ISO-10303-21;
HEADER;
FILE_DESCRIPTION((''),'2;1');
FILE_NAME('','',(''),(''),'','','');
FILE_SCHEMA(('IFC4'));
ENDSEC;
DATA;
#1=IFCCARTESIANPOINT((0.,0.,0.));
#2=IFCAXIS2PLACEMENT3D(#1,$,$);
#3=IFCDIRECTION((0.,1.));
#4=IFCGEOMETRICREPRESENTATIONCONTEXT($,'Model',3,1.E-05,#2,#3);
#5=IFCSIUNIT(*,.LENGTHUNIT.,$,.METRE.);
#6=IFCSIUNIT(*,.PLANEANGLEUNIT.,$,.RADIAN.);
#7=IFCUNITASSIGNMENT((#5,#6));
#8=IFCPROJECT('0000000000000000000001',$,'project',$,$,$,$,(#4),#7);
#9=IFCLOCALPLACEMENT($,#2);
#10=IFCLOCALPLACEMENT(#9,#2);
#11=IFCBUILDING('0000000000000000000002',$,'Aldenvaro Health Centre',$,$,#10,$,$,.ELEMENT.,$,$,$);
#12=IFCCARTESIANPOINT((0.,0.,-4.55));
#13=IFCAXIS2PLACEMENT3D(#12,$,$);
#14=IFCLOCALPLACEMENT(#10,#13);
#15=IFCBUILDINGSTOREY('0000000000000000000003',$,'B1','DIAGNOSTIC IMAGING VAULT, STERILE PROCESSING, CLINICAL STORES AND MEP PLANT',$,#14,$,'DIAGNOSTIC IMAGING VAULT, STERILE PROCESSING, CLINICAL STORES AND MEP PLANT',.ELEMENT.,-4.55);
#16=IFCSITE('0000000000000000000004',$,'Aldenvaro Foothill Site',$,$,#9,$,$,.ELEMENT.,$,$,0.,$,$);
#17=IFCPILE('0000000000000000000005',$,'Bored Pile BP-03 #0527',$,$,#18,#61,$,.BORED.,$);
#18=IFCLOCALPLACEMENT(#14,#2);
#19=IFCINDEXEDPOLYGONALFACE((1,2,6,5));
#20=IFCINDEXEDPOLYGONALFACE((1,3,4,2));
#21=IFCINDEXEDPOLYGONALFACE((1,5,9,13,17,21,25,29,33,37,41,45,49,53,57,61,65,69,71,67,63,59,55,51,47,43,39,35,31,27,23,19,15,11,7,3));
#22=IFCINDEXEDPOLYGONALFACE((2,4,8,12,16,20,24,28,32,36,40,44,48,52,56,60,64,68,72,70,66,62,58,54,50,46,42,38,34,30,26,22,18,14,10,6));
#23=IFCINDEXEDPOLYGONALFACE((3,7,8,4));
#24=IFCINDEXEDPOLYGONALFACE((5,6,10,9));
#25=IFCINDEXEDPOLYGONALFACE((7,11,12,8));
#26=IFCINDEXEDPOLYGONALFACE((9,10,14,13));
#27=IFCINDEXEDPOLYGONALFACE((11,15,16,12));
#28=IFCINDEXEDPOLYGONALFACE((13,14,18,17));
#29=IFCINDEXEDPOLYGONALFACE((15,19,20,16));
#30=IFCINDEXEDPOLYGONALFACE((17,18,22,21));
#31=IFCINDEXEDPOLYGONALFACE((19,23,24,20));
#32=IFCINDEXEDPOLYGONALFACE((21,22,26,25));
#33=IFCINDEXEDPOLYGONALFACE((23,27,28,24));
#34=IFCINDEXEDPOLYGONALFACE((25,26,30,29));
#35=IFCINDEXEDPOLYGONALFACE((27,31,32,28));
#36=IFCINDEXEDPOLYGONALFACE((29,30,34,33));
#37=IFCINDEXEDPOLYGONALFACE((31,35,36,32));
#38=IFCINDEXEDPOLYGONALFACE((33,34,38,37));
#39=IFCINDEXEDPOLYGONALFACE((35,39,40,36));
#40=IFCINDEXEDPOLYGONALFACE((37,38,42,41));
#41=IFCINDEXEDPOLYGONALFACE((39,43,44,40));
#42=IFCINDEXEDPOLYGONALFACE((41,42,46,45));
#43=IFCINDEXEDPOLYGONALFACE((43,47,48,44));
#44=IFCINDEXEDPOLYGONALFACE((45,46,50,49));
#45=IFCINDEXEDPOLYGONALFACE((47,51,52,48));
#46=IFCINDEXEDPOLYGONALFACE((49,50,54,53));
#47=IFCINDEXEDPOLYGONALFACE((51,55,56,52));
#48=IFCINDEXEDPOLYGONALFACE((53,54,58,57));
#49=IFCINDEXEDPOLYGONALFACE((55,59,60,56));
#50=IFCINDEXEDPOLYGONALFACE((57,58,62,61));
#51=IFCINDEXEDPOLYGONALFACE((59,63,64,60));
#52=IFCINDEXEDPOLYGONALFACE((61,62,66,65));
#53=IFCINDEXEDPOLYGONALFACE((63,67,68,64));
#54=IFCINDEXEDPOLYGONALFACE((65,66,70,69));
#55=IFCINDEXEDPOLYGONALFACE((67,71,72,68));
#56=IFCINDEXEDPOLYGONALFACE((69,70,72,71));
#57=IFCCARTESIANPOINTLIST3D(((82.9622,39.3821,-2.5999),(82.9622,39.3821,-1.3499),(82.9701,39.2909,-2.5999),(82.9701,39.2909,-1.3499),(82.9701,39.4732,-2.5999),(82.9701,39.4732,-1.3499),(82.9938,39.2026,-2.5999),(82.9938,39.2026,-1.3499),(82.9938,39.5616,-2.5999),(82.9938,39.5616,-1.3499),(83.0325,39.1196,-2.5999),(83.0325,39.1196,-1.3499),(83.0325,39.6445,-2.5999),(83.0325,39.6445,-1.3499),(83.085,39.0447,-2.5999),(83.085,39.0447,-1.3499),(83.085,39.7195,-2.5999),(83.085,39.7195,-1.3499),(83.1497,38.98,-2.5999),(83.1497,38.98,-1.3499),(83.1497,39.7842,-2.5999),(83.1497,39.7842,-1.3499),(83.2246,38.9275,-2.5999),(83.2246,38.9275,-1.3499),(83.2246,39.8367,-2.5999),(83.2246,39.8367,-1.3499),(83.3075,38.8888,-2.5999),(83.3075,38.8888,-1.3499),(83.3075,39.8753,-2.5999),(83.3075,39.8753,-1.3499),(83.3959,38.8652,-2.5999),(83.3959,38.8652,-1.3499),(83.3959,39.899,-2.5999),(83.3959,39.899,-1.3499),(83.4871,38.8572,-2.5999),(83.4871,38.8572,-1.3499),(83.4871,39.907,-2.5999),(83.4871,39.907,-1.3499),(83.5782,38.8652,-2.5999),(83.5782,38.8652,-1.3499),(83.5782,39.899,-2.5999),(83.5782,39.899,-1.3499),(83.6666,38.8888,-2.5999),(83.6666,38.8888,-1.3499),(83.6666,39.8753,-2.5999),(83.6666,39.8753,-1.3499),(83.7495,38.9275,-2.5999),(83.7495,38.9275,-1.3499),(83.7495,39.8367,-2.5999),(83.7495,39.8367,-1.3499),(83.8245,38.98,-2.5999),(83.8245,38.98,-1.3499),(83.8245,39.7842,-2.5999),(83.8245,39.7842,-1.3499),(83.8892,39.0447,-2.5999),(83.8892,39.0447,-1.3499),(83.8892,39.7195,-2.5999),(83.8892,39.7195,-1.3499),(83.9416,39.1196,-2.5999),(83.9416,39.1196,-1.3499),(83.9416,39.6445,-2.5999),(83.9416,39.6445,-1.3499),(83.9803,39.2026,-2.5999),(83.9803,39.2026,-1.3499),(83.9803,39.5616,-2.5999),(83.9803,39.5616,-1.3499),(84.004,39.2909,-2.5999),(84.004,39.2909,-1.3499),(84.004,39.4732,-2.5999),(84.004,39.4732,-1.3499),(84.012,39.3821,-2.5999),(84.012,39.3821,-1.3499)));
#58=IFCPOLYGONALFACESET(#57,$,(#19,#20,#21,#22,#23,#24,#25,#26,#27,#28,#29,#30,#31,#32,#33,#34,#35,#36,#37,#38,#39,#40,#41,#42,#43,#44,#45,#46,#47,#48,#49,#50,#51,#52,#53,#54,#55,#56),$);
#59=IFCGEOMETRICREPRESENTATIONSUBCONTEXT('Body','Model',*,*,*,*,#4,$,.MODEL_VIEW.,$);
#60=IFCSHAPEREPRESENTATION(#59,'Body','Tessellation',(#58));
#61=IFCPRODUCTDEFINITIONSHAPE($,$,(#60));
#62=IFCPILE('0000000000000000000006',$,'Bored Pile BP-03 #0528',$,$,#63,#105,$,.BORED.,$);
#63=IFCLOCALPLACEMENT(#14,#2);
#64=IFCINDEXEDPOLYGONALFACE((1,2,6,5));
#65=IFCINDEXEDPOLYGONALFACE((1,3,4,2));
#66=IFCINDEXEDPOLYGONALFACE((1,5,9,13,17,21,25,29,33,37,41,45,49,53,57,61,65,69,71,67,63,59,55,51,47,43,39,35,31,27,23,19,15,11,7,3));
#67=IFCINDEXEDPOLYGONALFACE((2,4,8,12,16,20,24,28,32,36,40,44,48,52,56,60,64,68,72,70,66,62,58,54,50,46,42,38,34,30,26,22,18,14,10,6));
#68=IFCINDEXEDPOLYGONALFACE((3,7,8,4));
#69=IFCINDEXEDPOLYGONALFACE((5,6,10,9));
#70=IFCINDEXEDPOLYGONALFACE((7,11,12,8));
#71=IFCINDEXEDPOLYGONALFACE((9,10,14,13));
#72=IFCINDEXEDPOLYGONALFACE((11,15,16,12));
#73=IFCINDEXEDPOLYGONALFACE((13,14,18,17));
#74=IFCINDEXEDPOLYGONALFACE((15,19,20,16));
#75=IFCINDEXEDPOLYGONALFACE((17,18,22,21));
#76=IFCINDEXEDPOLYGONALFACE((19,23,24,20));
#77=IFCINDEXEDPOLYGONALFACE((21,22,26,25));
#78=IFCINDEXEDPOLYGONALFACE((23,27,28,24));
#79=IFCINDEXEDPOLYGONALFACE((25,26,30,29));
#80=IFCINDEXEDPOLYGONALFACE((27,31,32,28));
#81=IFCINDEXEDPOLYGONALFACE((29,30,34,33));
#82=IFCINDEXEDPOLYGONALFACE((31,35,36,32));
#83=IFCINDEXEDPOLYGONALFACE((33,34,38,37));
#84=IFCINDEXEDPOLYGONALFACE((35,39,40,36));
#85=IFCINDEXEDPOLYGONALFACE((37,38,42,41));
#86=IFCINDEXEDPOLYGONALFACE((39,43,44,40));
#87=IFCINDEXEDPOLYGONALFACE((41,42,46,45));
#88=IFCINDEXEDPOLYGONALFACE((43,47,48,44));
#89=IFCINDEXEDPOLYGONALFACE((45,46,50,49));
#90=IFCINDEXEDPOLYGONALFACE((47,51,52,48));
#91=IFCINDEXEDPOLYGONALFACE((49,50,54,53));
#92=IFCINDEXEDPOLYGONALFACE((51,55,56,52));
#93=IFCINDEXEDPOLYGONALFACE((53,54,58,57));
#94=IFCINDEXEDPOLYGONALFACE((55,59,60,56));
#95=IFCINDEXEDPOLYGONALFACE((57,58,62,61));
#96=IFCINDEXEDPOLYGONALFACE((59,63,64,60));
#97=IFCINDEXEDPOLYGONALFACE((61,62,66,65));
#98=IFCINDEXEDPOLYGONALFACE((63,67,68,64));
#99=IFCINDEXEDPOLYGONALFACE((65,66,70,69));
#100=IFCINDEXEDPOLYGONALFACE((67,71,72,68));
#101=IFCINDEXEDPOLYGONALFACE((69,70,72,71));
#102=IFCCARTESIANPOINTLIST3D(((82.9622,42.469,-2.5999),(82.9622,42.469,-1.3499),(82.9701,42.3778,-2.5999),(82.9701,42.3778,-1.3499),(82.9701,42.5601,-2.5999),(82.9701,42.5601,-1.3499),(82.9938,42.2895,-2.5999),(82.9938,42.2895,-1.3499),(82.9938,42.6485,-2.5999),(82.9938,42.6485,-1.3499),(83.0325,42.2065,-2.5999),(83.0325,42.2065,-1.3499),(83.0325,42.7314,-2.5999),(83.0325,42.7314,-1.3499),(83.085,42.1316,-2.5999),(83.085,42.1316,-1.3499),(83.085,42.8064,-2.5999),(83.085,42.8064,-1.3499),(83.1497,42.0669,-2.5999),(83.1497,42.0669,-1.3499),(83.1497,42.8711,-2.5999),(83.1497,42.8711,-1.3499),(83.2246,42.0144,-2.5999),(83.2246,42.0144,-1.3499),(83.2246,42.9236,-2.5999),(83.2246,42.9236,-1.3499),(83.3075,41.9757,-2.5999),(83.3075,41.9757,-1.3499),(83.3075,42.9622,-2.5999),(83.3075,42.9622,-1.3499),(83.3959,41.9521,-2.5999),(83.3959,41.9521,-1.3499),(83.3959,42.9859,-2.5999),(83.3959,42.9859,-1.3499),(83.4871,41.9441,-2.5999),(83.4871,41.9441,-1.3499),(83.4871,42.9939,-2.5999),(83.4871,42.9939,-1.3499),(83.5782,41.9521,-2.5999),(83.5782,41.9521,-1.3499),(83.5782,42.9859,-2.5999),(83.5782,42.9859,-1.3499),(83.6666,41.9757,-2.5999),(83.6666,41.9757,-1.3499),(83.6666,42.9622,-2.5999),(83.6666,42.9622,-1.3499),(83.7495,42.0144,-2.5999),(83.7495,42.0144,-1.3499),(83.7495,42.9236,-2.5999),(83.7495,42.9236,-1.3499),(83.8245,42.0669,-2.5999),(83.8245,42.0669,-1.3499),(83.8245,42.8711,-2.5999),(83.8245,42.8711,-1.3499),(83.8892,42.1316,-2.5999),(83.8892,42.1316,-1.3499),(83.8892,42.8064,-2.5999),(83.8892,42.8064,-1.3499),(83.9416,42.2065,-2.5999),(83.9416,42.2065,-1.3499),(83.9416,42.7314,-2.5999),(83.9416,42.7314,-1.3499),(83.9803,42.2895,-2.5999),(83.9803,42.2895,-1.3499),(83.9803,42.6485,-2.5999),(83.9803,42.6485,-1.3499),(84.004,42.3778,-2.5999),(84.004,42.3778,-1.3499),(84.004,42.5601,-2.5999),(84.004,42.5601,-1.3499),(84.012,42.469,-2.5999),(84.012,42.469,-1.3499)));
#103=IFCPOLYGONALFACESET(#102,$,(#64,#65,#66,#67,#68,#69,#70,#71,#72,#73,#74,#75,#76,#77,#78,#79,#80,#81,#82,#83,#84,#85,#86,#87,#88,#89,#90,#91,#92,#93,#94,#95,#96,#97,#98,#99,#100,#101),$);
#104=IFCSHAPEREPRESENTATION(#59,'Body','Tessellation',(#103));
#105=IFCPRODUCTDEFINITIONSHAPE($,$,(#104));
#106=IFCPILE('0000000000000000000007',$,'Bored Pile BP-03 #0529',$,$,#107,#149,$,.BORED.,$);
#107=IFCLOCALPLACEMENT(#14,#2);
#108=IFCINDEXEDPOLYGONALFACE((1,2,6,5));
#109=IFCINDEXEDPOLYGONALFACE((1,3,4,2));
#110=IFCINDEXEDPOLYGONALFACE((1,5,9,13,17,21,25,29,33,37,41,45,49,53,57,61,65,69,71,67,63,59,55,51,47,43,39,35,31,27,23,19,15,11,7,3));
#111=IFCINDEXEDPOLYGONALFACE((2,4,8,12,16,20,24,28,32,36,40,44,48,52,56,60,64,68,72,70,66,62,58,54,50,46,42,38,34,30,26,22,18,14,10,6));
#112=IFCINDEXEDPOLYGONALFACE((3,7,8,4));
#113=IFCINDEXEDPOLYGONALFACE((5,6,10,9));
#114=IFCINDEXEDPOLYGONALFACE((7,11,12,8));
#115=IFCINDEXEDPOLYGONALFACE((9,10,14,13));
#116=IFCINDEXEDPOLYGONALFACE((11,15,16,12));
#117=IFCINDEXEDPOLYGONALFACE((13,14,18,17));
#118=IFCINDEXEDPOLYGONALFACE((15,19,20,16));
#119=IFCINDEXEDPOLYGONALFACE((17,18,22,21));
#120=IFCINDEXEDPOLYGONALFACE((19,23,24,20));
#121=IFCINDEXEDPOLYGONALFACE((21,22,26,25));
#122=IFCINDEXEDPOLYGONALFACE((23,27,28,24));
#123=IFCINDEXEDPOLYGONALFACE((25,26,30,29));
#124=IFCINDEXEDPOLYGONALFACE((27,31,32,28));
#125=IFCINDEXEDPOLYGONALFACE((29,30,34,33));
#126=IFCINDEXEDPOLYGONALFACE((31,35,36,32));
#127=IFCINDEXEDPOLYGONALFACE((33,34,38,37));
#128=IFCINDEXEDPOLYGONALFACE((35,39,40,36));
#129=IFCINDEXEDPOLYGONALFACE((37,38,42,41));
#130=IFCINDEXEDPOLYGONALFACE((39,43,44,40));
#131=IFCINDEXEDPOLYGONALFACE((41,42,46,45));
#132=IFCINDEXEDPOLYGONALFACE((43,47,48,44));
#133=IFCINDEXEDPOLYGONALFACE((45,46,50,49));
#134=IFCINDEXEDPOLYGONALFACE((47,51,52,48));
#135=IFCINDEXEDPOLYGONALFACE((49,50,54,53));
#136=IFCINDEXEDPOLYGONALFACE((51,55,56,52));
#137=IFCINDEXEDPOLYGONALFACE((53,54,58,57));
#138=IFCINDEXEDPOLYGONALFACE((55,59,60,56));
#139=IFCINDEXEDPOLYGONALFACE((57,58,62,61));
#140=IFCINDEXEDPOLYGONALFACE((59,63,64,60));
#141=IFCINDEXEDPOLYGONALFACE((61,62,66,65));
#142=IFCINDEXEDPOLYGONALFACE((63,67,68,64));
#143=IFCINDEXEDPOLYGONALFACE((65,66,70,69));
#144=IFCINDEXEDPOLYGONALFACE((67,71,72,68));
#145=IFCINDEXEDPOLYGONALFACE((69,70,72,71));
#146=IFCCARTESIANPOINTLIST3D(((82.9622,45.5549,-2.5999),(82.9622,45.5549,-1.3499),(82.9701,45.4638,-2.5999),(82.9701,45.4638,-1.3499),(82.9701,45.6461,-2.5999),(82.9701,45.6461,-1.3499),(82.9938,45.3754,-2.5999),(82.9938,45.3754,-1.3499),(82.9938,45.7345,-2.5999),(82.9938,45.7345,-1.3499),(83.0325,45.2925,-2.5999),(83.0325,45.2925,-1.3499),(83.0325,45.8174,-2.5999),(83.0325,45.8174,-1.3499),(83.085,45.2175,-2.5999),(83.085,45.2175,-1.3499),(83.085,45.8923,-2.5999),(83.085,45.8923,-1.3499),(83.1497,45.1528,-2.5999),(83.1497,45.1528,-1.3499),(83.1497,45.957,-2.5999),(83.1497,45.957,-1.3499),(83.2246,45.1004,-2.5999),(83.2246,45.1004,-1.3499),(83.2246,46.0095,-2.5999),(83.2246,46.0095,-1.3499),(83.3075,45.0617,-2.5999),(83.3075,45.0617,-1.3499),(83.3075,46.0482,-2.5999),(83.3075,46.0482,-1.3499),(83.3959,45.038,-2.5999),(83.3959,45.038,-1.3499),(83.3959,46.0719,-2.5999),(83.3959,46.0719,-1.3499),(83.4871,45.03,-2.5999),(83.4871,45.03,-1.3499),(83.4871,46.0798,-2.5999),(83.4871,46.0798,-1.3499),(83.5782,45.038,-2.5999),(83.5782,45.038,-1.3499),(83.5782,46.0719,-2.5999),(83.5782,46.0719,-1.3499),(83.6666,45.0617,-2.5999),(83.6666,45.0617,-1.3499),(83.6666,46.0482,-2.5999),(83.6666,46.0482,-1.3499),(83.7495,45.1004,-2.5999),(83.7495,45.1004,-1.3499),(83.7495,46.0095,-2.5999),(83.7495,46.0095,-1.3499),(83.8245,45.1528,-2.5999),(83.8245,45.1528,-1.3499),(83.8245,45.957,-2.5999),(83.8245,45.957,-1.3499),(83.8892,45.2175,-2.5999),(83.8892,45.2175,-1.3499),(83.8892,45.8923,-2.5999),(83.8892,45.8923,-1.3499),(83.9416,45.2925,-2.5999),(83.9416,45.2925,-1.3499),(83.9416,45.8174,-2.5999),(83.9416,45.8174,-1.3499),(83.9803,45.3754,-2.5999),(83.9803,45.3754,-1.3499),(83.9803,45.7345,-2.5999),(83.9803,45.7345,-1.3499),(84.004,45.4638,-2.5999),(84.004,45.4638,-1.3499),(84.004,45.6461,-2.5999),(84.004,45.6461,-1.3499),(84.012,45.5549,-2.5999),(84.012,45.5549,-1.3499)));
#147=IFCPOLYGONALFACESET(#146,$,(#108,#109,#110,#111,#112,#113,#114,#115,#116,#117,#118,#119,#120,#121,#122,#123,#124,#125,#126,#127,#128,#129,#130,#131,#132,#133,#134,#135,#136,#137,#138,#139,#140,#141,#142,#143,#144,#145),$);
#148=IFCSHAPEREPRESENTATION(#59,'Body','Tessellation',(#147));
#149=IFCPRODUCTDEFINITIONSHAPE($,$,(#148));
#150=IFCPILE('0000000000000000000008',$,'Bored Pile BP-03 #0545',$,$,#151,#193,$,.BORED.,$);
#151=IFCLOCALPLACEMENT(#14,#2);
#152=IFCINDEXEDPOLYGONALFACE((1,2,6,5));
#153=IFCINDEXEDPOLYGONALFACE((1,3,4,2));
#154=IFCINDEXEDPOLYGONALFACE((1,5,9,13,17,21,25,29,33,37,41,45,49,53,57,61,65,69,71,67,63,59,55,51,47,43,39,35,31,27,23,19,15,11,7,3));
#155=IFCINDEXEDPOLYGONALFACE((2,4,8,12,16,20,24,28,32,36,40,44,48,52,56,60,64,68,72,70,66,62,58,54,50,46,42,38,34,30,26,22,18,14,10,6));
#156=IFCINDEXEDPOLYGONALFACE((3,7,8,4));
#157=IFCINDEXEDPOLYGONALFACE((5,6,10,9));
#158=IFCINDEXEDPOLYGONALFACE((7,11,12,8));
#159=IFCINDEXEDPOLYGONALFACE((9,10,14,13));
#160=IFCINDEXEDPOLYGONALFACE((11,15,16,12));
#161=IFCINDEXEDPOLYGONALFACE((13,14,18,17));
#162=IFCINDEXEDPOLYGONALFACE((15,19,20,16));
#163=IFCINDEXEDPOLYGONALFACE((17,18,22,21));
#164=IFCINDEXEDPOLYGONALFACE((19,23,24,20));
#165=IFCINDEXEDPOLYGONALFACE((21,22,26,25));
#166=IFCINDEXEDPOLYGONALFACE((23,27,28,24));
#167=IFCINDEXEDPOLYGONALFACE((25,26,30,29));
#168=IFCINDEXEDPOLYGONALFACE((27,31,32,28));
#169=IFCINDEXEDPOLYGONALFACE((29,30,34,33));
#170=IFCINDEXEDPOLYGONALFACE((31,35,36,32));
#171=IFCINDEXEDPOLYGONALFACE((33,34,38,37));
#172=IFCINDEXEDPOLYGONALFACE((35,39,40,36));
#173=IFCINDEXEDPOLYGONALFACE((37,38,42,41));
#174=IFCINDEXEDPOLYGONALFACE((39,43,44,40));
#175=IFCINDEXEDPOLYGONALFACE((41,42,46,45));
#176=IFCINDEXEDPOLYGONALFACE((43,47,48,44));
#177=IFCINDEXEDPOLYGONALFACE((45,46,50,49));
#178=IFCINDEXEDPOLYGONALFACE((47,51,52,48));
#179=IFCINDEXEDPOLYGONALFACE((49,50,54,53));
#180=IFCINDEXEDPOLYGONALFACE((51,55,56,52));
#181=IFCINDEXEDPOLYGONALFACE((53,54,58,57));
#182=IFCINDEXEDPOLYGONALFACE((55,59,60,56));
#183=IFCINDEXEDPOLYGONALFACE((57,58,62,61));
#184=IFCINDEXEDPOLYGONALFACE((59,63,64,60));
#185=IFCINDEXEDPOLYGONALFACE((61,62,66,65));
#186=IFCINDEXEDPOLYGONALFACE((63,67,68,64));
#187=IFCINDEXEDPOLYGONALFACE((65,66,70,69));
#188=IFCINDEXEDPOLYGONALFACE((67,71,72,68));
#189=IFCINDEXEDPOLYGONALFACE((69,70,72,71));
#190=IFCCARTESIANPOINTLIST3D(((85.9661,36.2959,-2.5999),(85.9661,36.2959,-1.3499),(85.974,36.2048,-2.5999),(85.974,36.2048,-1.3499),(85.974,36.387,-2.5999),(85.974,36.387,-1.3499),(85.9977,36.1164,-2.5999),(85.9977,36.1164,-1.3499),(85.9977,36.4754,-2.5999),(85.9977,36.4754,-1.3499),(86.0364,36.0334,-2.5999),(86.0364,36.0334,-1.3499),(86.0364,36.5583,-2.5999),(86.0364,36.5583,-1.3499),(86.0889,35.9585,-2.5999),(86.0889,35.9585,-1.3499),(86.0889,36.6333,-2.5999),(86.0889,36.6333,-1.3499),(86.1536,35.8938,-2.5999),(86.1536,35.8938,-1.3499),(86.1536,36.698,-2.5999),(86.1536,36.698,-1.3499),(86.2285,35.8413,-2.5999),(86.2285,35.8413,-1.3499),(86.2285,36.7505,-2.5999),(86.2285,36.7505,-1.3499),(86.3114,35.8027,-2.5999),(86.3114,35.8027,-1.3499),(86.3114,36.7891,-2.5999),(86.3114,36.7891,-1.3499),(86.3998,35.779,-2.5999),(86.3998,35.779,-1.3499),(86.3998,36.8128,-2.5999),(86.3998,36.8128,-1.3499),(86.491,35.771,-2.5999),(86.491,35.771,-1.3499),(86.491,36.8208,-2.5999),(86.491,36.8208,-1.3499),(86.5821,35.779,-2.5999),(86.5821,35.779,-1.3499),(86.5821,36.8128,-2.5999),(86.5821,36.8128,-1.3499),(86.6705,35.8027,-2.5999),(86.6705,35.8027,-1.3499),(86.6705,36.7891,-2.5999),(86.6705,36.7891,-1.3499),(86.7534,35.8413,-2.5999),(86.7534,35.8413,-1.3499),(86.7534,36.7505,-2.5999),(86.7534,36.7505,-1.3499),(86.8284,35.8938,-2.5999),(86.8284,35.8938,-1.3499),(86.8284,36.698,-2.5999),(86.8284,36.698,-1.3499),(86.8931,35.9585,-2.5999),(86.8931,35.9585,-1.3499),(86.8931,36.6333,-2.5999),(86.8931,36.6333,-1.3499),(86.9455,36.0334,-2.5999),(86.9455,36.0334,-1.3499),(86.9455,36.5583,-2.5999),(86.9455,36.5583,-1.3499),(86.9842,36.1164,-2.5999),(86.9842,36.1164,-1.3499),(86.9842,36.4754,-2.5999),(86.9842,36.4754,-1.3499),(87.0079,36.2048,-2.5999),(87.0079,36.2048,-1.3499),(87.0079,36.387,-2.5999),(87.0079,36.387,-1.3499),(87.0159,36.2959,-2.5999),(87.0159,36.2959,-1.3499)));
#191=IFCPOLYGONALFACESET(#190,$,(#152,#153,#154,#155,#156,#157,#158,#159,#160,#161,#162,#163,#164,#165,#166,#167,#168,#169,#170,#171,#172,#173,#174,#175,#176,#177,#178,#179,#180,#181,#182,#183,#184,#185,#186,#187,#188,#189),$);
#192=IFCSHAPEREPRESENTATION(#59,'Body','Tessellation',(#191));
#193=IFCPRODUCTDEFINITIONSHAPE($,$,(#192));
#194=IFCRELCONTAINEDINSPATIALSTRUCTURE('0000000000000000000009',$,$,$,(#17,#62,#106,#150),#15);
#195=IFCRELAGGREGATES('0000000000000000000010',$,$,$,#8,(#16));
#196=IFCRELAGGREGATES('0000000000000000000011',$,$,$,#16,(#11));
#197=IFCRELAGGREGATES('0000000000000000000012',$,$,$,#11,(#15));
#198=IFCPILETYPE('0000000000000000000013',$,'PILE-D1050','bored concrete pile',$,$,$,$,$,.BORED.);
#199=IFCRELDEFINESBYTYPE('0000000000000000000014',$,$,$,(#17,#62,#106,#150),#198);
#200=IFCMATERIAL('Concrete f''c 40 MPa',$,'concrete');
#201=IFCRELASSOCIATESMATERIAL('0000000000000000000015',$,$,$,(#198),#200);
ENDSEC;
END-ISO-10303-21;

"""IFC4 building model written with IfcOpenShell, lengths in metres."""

from ifc_helpers import new_model, si_unit, direction, frame, origin, origin_2d, place, context, subcontext, project, spatial, circle, extrude, material, material_profile, profile_set, type_object, element, save


model = new_model("IFC4")

# Units and contexts
model_context = context("Model", 3, precision=1e-05, world=origin(), true_north=direction((0.0, 1.0)))
body_context = subcontext(model_context, "Body", "Model", "MODEL_VIEW")
ifc_project = project(units=[si_unit("LENGTHUNIT", "METRE"), si_unit("PLANEANGLEUNIT", "RADIAN")], contexts=[model_context])

# Site, building, storey
site_placement = place(None, origin())
site = spatial("IfcSite", under=ifc_project, at=site_placement, Name="Aldenvaro Foothill Site", CompositionType="ELEMENT", RefElevation=0.0)
building_placement = place(site_placement, origin())
building = spatial("IfcBuilding", under=site, at=building_placement, Name="Aldenvaro Health Centre", CompositionType="ELEMENT")
storey_placement = place(building_placement, frame((0.0, 0.0, -4.55)))
storey = spatial("IfcBuildingStorey", under=building, at=storey_placement, Name="B1", Description="DIAGNOSTIC IMAGING VAULT, STERILE PROCESSING, CLINICAL STORES AND MEP PLANT", LongName="DIAGNOSTIC IMAGING VAULT, STERILE PROCESSING, CLINICAL STORES AND MEP PLANT", CompositionType="ELEMENT", Elevation=-4.55)

# Piles
ifc_material_1 = material(Name="Concrete f'c 40 MPa", Category="concrete")
ifc_material_profile_1 = material_profile(ifc_material_1, circle(Radius=0.5249, at=origin_2d()), Name="PILE D1050", Category="concrete")
ifc_profile_set_1 = profile_set([ifc_material_profile_1], Name="Concrete f'c 40 MPa")
pile_type = type_object("IfcPileType", Name="PILE-D1050", Description="bored concrete pile", PredefinedType="BORED", material=ifc_profile_set_1)
for number, where, z_axis, x_axis, name in (
    (1, (83.4871, 39.3821, -1.3499), (0.0, 0.0, -1.0), (1.0, 0.0, 0.0), "Bored Pile BP-03 #0527"),
    (2, (83.4871, 42.469, -1.3499), (0.0, 0.0, -1.0), (1.0, 0.0, 0.0), "Bored Pile BP-03 #0528"),
    (3, (83.4871, 45.5549, -1.3499), (0.0, 0.0, -1.0), (1.0, 0.0, 0.0), "Bored Pile BP-03 #0529"),
    (4, (86.491, 36.2959, -1.3499), (0.0, 0.0, -1.0), (1.0, 0.0, 0.0), "Bored Pile BP-03 #0545"),
):
    element("IfcPile", number, at=place(storey_placement, frame(where, z_axis=z_axis, x_axis=x_axis)), inside=storey, type_object=pile_type, Name=name, PredefinedType="BORED", context=body_context, shape_type="SweptSolid", body=[
        extrude(circle(Radius=0.5249, at=origin_2d()), origin(), (0.0, 0.0, 1.0), 1.25),
    ])

save(model, "model.ifc")
